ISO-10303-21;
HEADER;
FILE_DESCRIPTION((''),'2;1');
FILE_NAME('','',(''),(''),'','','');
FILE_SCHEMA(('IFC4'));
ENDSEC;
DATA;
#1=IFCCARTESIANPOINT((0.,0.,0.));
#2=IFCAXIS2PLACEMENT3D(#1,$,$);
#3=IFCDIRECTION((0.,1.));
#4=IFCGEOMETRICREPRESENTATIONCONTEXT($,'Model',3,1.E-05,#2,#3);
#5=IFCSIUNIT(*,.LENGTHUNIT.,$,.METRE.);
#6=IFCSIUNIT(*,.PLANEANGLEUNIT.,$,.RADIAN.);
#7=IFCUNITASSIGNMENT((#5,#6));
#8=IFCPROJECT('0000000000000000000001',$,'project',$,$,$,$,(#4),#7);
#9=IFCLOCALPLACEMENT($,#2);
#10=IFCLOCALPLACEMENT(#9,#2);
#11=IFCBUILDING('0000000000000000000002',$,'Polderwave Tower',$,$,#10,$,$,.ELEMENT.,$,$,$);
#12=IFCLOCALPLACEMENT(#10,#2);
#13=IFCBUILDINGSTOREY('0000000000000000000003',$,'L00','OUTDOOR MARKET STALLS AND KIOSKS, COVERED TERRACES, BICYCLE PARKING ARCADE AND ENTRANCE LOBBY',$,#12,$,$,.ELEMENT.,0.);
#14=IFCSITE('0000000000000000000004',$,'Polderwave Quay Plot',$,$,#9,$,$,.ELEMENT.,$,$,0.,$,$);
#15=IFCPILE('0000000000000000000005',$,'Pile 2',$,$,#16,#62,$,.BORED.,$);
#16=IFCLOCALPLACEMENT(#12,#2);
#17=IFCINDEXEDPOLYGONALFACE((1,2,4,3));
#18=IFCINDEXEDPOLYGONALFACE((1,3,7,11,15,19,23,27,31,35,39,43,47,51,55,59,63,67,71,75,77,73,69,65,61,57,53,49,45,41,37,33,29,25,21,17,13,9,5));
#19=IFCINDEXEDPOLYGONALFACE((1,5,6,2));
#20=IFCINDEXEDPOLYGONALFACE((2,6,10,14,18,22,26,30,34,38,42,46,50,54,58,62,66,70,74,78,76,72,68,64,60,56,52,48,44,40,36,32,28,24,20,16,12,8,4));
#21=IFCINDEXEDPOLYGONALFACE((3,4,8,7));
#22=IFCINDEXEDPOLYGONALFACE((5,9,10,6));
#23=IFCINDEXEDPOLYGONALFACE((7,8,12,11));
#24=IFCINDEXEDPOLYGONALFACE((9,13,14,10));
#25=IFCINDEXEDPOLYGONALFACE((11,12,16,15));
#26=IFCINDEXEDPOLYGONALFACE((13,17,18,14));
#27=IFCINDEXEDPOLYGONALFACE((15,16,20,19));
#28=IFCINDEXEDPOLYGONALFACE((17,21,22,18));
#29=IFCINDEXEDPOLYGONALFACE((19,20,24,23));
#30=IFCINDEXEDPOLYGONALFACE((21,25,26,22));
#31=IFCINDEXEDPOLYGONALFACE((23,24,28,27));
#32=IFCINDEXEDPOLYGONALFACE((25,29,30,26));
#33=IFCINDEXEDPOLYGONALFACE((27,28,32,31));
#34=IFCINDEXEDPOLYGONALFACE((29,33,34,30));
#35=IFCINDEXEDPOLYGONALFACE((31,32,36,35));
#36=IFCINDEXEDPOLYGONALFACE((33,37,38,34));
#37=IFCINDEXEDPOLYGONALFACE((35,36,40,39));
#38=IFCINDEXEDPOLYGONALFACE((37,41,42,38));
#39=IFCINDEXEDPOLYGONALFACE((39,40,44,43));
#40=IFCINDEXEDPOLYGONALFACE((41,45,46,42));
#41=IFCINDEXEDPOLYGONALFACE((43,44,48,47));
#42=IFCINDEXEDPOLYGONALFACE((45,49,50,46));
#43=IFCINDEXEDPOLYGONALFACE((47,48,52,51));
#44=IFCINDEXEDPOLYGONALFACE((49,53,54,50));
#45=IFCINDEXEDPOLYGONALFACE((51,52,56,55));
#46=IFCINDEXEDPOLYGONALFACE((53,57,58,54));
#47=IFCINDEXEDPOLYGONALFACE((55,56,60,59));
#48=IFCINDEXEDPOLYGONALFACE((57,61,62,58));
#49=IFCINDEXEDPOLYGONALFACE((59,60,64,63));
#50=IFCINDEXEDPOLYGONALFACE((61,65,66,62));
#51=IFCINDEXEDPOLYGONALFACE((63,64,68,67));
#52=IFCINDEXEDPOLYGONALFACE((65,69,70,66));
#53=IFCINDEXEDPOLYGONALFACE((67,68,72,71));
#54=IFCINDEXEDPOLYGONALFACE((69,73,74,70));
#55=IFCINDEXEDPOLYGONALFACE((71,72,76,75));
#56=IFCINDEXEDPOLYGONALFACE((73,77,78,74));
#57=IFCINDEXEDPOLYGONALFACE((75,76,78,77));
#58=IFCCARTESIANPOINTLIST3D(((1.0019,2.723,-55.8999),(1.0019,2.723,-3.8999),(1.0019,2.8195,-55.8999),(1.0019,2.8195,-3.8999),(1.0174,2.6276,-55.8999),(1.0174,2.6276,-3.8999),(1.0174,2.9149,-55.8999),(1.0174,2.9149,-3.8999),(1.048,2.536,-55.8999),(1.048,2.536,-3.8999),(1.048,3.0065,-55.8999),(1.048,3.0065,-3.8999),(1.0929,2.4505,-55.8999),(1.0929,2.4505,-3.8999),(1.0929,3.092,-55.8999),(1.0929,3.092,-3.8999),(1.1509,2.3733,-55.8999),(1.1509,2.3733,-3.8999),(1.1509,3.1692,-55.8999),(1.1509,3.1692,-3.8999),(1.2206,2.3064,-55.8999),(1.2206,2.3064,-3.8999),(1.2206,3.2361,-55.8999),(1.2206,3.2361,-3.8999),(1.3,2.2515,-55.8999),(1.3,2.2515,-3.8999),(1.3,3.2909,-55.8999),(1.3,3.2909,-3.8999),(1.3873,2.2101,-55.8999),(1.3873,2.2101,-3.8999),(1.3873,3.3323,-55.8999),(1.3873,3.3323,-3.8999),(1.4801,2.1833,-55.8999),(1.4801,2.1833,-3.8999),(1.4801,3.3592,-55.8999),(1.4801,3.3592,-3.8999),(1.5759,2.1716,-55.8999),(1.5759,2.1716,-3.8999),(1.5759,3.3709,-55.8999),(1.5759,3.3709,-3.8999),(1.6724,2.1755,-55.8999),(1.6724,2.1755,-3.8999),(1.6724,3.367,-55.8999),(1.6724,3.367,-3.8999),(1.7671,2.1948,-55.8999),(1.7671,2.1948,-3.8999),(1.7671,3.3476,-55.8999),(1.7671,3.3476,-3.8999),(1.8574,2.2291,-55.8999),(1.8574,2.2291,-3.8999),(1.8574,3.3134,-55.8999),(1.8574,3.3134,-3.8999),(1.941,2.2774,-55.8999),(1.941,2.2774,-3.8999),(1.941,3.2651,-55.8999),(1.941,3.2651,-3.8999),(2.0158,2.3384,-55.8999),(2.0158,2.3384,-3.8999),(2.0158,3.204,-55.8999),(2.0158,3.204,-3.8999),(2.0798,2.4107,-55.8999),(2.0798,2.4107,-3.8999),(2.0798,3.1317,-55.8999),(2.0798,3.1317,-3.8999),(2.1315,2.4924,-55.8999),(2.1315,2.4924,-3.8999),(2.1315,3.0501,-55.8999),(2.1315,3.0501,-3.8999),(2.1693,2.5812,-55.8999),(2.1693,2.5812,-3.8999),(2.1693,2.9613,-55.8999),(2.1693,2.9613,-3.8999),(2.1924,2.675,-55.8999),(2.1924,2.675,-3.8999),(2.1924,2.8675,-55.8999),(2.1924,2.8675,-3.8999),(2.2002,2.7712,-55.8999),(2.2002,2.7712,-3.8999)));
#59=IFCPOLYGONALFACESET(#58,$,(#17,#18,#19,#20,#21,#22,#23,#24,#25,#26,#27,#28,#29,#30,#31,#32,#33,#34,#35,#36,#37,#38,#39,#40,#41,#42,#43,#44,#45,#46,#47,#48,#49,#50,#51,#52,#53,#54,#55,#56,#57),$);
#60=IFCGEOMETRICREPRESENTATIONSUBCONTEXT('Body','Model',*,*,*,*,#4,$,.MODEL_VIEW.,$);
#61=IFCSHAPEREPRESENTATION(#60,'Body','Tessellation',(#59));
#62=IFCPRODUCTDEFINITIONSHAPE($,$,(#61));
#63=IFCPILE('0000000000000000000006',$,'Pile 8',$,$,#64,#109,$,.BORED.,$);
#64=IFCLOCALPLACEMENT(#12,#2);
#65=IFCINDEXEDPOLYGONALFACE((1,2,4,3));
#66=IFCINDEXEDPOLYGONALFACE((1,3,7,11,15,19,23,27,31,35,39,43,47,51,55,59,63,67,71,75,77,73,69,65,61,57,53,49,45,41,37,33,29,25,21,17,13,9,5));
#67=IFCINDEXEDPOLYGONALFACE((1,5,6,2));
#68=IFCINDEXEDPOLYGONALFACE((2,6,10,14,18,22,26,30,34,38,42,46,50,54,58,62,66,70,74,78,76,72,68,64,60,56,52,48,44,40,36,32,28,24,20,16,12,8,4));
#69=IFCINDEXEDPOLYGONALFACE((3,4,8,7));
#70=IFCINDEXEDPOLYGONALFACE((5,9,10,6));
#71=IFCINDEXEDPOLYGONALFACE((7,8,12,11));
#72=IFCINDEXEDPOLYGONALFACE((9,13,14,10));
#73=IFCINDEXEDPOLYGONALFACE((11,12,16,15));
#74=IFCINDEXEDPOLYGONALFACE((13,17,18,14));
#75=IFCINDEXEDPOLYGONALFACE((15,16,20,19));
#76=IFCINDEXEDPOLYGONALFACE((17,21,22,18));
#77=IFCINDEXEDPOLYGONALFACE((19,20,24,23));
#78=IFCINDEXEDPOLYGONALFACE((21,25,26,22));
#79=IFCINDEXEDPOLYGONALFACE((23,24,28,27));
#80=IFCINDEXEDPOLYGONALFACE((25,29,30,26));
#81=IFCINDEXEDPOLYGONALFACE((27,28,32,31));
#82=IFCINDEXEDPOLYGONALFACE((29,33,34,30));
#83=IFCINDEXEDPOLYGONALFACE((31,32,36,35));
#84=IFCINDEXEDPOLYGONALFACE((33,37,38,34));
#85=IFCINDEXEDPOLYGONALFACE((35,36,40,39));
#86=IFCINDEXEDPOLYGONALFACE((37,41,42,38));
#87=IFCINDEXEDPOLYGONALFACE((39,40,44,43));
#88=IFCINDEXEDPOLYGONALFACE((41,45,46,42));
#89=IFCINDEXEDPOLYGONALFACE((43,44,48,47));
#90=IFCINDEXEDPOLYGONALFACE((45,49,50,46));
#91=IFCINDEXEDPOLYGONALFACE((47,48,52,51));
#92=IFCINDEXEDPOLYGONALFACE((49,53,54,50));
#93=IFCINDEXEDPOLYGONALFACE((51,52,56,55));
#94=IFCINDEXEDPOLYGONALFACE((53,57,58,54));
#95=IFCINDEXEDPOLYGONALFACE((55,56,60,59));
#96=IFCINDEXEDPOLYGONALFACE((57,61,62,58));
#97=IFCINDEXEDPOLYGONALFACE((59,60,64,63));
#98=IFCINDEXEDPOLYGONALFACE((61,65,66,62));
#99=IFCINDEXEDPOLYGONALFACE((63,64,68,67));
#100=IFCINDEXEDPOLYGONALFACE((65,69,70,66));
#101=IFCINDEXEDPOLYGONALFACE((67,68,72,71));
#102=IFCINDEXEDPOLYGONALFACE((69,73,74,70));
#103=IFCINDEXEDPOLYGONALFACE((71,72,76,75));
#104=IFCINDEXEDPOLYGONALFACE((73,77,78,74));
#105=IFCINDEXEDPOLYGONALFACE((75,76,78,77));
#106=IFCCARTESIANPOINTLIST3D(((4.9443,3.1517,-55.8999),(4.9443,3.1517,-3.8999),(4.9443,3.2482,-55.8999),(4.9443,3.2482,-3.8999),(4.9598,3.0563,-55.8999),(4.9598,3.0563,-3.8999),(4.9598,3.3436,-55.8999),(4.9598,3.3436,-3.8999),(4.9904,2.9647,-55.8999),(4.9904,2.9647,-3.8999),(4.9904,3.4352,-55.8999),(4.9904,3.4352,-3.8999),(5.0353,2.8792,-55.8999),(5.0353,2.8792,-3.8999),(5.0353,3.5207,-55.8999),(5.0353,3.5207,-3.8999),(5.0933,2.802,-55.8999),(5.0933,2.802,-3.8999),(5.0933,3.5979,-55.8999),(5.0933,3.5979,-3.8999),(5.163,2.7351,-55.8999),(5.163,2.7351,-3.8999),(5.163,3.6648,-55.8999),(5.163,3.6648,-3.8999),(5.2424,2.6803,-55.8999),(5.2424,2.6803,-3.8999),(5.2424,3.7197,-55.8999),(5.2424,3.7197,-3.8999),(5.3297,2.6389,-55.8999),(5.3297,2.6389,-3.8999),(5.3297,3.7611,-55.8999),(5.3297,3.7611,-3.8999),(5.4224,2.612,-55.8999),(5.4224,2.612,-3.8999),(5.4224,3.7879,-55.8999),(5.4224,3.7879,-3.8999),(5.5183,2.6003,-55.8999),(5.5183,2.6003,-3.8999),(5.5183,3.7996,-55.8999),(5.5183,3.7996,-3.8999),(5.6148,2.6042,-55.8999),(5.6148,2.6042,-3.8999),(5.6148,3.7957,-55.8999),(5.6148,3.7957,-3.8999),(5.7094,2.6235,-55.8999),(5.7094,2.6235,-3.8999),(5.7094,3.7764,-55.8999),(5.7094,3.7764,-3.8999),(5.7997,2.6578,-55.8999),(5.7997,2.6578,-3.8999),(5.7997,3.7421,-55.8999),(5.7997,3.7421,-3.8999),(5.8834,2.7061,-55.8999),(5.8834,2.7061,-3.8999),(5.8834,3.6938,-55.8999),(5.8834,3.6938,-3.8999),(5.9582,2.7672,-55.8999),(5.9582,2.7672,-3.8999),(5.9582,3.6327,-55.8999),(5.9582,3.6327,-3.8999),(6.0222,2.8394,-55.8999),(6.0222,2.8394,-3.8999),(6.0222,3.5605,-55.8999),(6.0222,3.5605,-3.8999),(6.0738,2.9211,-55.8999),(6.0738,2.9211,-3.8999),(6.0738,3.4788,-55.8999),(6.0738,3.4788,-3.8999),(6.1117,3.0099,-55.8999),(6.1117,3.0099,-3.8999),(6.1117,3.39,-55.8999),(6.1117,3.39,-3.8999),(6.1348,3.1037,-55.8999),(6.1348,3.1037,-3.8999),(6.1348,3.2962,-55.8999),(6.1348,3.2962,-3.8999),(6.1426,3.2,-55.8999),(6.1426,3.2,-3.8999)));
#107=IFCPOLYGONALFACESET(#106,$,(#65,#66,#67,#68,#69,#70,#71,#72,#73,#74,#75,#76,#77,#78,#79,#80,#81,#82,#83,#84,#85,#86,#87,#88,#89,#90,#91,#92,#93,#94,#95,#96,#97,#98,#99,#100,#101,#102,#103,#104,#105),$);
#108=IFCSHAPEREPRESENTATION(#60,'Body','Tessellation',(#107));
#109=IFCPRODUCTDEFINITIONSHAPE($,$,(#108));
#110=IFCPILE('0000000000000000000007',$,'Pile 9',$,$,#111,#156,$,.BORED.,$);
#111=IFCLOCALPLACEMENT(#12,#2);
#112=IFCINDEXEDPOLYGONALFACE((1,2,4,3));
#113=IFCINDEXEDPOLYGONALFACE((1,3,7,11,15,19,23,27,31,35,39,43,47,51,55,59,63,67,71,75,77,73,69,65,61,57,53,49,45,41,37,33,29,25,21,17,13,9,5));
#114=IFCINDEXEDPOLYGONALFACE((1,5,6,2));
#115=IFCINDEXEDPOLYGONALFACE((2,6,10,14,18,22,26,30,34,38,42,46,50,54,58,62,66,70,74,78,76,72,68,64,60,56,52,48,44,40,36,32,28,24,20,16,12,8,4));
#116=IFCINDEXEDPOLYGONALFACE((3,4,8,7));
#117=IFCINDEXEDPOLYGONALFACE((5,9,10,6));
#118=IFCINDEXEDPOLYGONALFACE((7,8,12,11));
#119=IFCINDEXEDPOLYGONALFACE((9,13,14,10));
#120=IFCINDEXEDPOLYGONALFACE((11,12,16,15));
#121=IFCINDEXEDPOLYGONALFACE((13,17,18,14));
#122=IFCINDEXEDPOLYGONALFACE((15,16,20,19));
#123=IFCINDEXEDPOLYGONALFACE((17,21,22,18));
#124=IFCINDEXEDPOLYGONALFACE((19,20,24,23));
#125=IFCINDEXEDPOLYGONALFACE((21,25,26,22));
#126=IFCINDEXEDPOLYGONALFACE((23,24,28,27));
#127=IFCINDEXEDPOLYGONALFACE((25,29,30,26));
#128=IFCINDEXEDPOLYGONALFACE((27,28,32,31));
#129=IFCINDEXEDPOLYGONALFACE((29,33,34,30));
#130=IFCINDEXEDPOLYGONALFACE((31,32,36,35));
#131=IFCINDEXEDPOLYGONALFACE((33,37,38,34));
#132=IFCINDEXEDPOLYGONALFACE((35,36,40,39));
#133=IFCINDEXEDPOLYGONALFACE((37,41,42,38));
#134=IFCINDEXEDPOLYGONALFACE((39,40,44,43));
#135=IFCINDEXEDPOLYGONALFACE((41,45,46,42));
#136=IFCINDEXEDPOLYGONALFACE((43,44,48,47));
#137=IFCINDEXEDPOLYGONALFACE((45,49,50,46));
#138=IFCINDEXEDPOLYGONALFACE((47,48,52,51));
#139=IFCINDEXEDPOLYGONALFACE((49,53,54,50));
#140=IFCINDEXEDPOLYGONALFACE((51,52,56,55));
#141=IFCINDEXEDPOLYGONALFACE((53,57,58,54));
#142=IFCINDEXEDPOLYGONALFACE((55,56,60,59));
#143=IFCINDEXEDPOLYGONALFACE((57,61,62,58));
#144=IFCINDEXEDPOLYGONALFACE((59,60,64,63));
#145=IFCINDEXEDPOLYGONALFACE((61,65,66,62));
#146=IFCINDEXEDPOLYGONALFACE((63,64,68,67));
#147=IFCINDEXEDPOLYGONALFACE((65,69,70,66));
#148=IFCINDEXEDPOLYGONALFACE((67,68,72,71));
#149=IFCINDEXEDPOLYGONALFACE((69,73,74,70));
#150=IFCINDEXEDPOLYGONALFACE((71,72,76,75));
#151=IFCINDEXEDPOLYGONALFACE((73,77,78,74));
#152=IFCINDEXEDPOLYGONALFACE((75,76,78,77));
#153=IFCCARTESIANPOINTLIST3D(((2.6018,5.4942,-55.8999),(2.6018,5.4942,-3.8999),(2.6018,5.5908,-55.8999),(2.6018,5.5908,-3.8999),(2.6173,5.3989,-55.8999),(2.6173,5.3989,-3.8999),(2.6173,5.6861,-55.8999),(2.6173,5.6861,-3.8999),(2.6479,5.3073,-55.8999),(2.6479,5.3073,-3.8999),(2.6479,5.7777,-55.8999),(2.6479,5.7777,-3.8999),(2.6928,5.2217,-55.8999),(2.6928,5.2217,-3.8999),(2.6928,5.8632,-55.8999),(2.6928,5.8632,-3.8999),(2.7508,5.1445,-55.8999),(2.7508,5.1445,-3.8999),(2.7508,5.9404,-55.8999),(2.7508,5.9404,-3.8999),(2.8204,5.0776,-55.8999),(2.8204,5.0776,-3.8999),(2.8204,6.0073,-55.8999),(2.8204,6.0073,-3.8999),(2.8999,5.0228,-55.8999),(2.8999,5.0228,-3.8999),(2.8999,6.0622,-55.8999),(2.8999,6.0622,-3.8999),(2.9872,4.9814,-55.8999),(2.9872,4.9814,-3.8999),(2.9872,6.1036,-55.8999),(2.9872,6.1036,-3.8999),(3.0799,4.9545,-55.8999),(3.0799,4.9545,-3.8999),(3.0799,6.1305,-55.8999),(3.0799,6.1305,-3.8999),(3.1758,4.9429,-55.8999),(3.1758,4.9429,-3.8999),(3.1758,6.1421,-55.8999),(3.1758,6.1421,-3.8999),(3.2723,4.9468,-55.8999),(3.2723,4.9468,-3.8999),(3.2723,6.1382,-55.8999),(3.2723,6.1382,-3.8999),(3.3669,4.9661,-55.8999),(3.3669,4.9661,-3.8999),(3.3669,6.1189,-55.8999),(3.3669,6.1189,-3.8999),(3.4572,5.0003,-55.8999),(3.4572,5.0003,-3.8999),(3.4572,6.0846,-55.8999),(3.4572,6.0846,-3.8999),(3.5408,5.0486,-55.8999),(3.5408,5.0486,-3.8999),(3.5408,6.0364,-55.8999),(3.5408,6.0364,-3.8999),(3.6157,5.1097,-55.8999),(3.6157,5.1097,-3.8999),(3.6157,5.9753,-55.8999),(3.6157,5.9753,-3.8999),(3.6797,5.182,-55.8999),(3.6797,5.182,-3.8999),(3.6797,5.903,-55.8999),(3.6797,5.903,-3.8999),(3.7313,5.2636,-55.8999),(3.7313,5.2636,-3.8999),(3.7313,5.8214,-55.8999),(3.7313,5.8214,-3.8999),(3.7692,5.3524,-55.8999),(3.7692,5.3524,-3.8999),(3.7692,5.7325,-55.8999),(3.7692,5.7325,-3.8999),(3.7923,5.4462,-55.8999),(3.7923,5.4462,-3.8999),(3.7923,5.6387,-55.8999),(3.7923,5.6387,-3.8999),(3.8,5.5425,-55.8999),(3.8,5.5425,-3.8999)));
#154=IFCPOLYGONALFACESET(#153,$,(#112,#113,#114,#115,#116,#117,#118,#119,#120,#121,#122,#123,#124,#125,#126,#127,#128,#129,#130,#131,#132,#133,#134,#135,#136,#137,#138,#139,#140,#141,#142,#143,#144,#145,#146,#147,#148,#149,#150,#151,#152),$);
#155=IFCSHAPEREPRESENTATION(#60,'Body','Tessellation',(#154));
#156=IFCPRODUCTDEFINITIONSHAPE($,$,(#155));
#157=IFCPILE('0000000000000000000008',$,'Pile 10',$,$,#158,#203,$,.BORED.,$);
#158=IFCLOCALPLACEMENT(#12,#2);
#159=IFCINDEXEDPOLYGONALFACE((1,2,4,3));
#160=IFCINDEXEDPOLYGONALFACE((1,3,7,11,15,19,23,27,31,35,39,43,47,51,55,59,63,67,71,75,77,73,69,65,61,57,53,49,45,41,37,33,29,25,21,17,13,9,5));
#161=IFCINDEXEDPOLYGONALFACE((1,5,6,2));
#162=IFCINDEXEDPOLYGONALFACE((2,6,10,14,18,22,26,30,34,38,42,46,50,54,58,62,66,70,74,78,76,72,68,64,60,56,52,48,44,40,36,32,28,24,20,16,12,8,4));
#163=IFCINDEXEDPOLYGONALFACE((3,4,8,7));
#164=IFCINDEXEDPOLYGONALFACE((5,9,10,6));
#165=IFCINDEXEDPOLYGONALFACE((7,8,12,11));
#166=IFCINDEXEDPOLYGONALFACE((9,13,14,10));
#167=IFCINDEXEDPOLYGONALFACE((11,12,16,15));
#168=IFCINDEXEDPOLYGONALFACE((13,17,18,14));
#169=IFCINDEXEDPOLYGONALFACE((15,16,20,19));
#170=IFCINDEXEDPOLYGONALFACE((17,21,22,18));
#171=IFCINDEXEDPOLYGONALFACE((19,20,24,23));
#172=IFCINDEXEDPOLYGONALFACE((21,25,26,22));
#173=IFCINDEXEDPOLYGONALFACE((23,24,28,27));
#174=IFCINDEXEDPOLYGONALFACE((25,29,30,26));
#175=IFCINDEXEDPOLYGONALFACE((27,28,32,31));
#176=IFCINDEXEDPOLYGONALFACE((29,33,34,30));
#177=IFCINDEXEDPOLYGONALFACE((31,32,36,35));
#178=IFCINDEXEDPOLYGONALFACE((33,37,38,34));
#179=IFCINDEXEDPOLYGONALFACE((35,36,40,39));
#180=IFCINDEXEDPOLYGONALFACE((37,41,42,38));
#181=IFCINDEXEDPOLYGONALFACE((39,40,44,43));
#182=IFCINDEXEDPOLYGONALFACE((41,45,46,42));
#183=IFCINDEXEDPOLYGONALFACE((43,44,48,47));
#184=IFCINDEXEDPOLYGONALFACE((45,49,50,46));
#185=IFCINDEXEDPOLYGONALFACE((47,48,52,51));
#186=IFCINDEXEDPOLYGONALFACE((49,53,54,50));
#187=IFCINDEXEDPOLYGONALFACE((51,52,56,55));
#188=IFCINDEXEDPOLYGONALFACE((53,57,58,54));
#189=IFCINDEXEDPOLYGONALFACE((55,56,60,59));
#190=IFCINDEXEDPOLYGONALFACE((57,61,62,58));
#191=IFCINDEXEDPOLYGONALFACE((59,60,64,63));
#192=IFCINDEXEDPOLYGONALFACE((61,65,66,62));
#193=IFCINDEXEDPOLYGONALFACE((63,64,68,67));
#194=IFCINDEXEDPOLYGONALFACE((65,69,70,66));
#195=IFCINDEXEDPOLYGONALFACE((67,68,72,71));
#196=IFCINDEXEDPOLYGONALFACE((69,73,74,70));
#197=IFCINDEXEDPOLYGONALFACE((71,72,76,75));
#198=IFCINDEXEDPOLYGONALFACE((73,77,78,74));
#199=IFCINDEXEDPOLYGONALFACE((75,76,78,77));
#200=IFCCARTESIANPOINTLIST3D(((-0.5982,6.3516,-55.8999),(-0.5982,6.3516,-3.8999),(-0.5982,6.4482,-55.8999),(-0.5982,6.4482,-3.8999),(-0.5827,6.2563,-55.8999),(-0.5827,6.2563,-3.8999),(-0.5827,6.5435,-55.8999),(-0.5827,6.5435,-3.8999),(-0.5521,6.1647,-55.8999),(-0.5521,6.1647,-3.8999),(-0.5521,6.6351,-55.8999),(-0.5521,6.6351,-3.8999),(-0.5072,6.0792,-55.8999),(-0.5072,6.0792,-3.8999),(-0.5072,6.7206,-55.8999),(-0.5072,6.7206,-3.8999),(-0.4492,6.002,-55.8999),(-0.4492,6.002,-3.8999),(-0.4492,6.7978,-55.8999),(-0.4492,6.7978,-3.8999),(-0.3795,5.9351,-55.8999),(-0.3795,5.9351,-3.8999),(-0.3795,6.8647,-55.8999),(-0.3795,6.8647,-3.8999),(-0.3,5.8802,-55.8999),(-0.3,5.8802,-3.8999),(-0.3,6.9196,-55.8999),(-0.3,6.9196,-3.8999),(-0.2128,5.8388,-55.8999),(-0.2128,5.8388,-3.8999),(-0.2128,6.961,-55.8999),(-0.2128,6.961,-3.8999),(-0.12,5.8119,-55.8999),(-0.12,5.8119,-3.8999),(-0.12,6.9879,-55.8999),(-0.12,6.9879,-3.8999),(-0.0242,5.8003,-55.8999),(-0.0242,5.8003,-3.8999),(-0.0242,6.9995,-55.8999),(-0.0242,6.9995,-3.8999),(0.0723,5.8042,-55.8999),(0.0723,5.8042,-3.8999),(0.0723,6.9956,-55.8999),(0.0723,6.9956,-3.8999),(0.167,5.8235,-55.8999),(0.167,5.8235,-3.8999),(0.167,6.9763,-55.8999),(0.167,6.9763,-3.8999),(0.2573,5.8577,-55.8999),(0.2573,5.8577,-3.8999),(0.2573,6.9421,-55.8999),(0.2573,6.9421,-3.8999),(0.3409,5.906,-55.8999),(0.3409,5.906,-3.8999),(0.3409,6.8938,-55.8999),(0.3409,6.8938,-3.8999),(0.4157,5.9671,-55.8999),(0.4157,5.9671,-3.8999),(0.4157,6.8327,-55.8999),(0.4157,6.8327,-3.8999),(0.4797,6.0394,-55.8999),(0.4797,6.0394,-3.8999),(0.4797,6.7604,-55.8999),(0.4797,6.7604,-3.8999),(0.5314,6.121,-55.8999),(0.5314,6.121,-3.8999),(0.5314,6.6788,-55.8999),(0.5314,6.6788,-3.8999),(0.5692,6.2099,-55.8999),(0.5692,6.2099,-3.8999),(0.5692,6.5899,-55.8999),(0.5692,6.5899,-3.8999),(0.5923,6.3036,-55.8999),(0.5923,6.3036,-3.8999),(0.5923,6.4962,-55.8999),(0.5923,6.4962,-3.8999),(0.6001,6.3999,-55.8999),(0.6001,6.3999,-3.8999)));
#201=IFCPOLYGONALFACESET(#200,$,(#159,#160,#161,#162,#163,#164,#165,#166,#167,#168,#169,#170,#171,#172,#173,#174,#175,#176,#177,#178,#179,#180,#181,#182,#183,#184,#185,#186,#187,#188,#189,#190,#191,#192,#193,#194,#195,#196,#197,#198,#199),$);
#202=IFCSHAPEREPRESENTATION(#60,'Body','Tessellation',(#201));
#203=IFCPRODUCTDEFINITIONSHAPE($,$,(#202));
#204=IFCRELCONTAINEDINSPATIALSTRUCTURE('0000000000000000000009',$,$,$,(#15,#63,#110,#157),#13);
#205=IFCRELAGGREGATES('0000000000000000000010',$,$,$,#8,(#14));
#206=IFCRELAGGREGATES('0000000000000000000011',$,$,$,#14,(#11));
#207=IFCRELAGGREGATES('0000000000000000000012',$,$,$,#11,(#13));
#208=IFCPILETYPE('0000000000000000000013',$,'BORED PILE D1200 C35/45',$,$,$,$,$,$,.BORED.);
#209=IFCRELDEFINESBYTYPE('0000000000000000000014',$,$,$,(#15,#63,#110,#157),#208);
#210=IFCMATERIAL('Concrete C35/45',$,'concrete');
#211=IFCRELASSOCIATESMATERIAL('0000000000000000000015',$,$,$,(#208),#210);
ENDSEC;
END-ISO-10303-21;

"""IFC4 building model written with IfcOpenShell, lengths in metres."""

from ifc_helpers import new_model, si_unit, direction, frame, origin, origin_2d, place, context, subcontext, project, spatial, circle, extrude, material, material_profile, profile_set, type_object, element, save


model = new_model("IFC4")

# Units and contexts
model_context = context("Model", 3, precision=1e-05, world=origin(), true_north=direction((0.0, 1.0)))
body_context = subcontext(model_context, "Body", "Model", "MODEL_VIEW")
ifc_project = project(units=[si_unit("LENGTHUNIT", "METRE"), si_unit("PLANEANGLEUNIT", "RADIAN")], contexts=[model_context])

# Site, building, storey
site_placement = place(None, origin())
site = spatial("IfcSite", under=ifc_project, at=site_placement, Name="Polderwave Quay Plot", CompositionType="ELEMENT", RefElevation=0.0)
building_placement = place(site_placement, origin())
building = spatial("IfcBuilding", under=site, at=building_placement, Name="Polderwave Tower", CompositionType="ELEMENT")
storey_placement = place(building_placement, origin())
storey = spatial("IfcBuildingStorey", under=building, at=storey_placement, Name="L00", Description="OUTDOOR MARKET STALLS AND KIOSKS, COVERED TERRACES, BICYCLE PARKING ARCADE AND ENTRANCE LOBBY", CompositionType="ELEMENT", Elevation=0.0)

# Piles
ifc_material_1 = material(Name="Concrete C35/45", Category="concrete")
ifc_material_profile = material_profile(ifc_material_1, circle(Radius=0.6001, at=origin_2d()), Name="BORED D1200")
ifc_profile_set = profile_set([ifc_material_profile], Name="Concrete C35/45")
pile_type = type_object("IfcPileType", Name="BORED PILE D1200 C35/45", PredefinedType="BORED", material=ifc_profile_set)
for number, where, z_axis, x_axis, name in (
    (1, (1.6001, 2.7712, -3.8999), (0.0, 0.0, -1.0), (1.0, 0.0, 0.0), "Pile 2"),
    (2, (5.5425, 3.2, -3.8999), (0.0, 0.0, -1.0), (1.0, 0.0, 0.0), "Pile 8"),
    (3, (3.2, 5.5425, -3.8999), (0.0, 0.0, -1.0), (1.0, 0.0, 0.0), "Pile 9"),
    (4, (0.0, 6.3999, -3.8999), (0.0, 0.0, -1.0), (1.0, 0.0, 0.0), "Pile 10"),
):
    element("IfcPile", number, at=place(storey_placement, frame(where, z_axis=z_axis, x_axis=x_axis)), inside=storey, type_object=pile_type, Name=name, PredefinedType="BORED", context=body_context, shape_type="SweptSolid", body=[
        extrude(circle(Radius=0.6001, at=origin_2d()), origin(), (0.0, 0.0, 1.0), 52.0),
    ])

save(model, "model.ifc")
